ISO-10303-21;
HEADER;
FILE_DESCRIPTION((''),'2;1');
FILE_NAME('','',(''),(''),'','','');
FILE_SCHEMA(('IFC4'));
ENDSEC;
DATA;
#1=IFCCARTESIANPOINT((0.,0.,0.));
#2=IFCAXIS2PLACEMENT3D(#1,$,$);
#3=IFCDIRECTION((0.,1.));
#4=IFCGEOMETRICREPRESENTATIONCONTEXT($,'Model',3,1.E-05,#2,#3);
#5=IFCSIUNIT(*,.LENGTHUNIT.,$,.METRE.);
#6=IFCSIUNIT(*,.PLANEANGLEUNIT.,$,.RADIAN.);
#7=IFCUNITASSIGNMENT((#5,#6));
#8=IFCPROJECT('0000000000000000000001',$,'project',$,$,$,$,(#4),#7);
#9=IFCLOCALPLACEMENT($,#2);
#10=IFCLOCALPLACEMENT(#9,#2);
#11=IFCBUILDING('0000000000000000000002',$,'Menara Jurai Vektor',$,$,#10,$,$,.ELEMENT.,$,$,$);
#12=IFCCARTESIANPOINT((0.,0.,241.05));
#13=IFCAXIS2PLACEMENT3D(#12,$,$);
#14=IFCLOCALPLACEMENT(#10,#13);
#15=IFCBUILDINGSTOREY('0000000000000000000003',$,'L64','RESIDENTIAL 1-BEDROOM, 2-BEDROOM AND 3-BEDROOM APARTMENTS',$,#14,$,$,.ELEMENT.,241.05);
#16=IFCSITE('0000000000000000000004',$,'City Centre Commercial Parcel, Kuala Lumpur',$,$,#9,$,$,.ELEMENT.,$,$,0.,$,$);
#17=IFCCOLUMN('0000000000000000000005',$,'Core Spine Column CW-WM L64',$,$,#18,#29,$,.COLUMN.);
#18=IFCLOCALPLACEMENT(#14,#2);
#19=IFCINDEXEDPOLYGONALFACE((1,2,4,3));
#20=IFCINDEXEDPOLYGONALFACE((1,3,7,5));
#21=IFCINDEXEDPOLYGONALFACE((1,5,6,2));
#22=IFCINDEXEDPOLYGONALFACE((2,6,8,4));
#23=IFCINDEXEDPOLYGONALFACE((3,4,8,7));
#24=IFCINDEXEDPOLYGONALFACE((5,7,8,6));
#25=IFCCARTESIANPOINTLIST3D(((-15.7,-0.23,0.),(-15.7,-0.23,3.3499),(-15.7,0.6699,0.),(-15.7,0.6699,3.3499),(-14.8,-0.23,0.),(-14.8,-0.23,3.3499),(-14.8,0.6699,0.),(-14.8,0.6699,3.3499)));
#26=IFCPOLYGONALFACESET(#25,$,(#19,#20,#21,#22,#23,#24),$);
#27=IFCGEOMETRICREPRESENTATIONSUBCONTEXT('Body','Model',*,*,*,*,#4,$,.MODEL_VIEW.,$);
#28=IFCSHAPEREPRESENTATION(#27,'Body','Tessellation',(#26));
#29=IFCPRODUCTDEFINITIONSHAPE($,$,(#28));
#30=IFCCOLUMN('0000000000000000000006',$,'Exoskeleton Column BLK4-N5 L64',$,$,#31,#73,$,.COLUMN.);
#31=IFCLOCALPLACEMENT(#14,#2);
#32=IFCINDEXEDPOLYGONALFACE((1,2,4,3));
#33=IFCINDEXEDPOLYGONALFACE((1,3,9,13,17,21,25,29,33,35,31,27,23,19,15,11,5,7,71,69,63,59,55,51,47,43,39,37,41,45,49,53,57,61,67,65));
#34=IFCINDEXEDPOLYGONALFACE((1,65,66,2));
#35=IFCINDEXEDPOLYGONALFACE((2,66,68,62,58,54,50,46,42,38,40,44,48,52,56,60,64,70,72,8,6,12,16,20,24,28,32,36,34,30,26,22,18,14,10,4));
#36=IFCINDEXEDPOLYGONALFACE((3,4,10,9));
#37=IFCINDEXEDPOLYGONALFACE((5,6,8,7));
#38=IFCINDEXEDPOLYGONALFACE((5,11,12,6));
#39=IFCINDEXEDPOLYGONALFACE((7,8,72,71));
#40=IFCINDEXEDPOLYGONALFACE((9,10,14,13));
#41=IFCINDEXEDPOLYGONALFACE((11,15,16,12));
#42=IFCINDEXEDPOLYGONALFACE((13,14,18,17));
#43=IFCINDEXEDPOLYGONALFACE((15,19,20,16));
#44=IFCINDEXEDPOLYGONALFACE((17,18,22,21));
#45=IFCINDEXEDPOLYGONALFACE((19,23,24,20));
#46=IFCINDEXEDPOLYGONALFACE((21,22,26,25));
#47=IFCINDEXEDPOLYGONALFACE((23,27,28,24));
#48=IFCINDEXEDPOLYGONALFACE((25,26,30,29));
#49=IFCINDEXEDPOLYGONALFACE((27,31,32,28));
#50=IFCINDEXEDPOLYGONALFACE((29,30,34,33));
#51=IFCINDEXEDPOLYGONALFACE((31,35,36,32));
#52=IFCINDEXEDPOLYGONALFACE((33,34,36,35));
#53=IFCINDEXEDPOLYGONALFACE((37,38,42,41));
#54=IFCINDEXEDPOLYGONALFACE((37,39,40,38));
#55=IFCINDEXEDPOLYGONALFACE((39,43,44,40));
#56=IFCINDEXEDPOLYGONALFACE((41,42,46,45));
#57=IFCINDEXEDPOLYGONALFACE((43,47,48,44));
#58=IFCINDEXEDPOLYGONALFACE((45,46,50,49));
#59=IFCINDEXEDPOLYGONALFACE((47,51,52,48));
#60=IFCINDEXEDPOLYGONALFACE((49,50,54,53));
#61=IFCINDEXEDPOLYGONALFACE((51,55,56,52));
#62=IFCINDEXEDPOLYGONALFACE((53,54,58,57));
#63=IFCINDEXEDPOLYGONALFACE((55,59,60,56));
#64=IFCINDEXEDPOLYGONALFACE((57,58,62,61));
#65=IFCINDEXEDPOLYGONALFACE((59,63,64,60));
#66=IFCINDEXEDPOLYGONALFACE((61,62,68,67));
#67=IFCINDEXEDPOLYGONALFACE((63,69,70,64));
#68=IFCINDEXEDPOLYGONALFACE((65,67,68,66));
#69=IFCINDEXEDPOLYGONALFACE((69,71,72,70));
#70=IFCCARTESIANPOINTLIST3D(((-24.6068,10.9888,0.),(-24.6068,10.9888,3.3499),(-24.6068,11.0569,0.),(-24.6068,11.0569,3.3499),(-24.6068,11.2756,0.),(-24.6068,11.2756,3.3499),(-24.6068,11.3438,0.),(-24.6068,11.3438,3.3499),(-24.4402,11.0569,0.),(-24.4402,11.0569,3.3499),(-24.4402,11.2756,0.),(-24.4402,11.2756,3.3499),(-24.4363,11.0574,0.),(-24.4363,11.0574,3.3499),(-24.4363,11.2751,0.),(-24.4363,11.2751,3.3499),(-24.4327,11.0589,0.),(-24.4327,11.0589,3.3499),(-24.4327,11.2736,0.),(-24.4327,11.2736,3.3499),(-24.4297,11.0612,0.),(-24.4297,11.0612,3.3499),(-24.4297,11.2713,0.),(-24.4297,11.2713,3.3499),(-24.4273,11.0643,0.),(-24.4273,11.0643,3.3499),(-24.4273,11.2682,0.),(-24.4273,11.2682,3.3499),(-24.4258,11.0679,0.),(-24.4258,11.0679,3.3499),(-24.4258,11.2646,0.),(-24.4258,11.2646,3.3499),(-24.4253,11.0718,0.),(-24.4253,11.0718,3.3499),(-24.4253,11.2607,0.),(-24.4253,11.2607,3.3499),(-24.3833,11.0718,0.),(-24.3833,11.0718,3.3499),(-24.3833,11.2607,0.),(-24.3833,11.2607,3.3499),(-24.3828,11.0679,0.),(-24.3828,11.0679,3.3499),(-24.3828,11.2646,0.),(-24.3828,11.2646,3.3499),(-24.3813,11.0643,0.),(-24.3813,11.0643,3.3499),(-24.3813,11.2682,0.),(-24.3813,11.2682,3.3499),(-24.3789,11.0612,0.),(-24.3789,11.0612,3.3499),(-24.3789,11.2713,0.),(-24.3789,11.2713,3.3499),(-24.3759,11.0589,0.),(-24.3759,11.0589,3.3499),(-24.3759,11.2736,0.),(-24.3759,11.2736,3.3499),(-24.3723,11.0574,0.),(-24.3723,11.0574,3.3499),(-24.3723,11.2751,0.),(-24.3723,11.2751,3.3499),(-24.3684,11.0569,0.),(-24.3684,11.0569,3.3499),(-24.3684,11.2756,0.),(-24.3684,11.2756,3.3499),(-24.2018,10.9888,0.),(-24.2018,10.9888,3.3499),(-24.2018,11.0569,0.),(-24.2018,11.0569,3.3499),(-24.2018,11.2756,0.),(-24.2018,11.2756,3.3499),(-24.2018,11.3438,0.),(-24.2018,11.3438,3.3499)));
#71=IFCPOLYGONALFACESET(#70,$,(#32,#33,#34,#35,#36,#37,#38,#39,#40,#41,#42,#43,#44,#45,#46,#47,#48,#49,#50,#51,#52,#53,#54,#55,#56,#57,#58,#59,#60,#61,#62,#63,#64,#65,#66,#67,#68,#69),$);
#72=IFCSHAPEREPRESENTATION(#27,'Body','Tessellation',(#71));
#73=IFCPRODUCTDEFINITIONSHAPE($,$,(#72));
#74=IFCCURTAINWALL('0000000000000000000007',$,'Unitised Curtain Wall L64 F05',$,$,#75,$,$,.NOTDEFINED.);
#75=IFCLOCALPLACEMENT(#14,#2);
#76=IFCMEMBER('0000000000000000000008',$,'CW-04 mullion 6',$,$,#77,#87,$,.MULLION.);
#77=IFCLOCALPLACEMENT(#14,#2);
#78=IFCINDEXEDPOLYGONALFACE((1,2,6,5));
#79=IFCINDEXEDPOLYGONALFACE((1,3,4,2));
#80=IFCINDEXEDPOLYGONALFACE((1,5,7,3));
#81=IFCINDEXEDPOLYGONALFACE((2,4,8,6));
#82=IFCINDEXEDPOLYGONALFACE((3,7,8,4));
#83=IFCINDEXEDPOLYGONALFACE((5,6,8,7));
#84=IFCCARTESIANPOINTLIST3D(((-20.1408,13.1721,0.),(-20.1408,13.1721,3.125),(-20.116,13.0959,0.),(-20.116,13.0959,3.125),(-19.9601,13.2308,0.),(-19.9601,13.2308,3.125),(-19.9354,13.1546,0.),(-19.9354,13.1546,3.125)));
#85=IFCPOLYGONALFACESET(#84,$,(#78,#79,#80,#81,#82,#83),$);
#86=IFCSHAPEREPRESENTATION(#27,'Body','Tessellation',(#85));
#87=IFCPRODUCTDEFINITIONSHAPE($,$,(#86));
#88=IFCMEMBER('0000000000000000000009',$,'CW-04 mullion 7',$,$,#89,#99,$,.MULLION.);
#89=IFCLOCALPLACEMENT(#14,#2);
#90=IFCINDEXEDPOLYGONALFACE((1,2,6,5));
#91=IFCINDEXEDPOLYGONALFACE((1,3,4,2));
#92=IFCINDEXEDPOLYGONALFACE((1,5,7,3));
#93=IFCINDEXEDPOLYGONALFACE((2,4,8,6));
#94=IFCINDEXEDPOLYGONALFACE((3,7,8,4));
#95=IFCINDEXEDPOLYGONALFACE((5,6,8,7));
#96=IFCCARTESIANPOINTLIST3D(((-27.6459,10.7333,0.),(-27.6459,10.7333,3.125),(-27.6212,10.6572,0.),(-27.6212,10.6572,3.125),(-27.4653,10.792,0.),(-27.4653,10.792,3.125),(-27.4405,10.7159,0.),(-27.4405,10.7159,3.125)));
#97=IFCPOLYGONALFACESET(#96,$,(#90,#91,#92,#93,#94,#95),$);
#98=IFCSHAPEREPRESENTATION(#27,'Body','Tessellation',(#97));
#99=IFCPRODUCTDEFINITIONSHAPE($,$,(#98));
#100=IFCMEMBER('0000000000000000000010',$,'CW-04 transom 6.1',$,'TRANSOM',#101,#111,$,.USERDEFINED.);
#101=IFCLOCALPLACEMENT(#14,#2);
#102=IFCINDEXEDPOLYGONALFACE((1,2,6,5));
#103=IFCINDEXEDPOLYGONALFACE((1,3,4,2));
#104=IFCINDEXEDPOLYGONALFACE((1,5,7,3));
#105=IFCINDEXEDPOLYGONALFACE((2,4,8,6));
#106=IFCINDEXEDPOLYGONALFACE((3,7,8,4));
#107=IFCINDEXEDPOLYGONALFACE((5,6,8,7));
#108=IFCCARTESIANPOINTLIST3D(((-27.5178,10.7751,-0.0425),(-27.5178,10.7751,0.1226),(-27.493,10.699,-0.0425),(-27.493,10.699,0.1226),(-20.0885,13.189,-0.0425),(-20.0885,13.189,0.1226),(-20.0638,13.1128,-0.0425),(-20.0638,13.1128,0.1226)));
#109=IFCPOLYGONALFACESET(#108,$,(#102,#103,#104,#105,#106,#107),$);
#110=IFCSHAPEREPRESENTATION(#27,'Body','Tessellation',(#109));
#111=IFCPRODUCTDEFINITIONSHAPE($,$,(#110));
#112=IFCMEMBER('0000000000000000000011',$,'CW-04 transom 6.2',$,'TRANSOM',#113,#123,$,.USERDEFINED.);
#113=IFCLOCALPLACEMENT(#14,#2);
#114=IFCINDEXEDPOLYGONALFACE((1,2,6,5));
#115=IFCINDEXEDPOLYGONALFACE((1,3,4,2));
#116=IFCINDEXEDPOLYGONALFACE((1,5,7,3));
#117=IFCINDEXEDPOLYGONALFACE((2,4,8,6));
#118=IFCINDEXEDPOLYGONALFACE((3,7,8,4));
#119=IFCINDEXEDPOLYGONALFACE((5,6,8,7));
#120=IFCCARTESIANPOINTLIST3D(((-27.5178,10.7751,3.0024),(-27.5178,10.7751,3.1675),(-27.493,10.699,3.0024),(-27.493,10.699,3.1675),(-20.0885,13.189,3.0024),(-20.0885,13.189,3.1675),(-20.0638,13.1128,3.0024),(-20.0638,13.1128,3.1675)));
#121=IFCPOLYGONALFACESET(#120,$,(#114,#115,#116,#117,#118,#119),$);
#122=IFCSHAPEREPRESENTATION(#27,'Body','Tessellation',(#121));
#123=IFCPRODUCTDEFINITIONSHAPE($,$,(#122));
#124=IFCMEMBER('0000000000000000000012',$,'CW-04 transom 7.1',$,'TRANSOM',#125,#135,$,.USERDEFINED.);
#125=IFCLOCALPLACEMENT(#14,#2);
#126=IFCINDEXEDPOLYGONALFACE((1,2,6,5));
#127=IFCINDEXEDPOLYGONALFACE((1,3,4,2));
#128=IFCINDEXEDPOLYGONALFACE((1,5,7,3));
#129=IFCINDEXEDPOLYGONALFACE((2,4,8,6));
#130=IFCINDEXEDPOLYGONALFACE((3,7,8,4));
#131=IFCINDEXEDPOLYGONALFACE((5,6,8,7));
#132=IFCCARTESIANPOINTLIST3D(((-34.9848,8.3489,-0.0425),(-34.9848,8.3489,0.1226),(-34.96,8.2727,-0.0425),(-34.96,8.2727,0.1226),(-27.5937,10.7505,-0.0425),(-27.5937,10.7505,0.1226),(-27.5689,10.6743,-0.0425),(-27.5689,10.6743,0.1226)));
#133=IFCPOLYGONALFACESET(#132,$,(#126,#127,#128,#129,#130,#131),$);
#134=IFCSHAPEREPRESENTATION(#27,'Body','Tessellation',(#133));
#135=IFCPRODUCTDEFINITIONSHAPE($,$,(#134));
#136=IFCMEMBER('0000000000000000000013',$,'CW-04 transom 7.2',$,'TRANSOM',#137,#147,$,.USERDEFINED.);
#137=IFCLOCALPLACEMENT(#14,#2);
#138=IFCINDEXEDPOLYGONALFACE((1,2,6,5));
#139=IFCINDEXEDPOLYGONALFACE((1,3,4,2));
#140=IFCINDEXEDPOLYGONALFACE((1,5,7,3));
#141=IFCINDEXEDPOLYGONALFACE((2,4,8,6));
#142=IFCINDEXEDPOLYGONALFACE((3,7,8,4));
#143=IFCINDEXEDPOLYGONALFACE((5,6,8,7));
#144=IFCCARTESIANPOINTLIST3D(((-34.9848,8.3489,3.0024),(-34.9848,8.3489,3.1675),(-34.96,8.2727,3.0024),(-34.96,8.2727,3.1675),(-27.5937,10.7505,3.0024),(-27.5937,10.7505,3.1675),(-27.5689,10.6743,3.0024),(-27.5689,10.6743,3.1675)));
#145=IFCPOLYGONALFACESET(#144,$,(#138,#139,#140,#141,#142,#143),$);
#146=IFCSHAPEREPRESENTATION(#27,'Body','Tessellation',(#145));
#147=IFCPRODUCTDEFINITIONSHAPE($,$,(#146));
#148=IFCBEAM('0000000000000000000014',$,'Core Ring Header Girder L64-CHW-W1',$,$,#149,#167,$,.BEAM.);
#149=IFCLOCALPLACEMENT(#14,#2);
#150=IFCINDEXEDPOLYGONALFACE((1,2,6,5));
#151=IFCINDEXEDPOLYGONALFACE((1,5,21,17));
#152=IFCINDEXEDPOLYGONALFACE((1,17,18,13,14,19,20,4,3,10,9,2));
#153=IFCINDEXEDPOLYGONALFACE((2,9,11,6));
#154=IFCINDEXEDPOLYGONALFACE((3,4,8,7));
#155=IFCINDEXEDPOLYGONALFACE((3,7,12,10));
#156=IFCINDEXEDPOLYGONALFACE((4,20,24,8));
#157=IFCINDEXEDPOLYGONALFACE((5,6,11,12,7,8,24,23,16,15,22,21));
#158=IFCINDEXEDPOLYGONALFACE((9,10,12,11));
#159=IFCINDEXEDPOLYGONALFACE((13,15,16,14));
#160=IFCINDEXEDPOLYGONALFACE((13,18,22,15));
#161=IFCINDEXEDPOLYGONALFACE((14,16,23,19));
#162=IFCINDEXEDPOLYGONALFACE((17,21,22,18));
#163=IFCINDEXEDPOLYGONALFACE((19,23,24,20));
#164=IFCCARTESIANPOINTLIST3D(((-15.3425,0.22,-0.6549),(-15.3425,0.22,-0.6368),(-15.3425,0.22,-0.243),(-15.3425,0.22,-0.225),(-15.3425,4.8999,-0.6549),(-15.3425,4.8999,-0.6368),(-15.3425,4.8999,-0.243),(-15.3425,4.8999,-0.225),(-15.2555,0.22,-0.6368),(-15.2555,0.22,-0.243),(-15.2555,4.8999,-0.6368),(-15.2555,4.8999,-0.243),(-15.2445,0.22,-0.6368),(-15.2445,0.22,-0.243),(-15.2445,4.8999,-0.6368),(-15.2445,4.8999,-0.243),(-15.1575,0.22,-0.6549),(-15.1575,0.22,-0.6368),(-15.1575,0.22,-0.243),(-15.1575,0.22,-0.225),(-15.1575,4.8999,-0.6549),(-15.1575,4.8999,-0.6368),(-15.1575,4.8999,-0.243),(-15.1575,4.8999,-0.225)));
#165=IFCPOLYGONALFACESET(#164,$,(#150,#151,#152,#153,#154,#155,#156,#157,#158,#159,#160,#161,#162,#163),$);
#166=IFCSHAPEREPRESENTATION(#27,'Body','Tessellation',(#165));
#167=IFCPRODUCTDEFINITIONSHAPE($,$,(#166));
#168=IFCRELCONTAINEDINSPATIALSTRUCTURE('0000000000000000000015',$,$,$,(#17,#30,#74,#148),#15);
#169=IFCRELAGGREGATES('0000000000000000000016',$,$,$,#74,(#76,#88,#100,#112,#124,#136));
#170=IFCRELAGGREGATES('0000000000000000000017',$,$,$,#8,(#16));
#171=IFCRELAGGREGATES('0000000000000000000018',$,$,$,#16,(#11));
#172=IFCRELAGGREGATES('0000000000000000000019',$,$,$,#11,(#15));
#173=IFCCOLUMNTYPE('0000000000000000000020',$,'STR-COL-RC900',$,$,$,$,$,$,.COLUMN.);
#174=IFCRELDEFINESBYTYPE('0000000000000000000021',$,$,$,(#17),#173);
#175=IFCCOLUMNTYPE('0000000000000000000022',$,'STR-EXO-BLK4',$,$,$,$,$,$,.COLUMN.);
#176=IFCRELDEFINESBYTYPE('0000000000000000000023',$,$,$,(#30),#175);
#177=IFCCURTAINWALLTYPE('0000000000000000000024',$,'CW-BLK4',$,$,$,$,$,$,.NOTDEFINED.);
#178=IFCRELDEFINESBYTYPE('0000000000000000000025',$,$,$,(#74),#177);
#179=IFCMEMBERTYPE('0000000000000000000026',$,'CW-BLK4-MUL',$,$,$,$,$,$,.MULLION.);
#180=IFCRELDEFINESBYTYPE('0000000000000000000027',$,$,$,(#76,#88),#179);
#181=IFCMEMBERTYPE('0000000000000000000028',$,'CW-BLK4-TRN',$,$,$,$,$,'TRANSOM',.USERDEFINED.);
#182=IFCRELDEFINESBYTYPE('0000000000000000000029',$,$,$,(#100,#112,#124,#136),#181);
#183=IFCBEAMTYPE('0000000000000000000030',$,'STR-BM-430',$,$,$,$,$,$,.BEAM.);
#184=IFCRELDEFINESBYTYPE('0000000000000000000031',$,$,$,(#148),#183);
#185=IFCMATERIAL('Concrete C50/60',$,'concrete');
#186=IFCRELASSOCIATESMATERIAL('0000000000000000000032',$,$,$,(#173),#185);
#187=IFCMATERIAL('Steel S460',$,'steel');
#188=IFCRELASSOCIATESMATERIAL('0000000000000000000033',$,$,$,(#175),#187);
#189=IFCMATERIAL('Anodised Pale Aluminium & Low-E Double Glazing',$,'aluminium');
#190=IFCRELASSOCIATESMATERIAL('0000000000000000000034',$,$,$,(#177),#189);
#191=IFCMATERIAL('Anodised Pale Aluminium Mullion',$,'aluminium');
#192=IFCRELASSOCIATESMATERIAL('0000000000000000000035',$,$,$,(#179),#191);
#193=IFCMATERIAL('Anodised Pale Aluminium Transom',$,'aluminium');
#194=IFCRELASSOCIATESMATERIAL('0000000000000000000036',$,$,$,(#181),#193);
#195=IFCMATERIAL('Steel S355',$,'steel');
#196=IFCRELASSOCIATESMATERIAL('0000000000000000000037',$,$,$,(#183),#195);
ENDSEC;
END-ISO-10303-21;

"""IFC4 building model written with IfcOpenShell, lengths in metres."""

from ifc_helpers import new_model, si_unit, direction, frame, origin, origin_2d, place, context, subcontext, project, spatial, rectangle, i_section, extrude, material, material_profile, profile_set, type_object, element, aggregate, save


model = new_model("IFC4")

# Units and contexts
model_context = context("Model", 3, precision=1e-05, world=origin(), true_north=direction((0.0, 1.0)))
body_context = subcontext(model_context, "Body", "Model", "MODEL_VIEW")
ifc_project = project(units=[si_unit("LENGTHUNIT", "METRE"), si_unit("PLANEANGLEUNIT", "RADIAN")], contexts=[model_context])

# Site, building, storey
site_placement = place(None, origin())
site = spatial("IfcSite", under=ifc_project, at=site_placement, Name="City Centre Commercial Parcel, Kuala Lumpur", CompositionType="ELEMENT", RefElevation=0.0)
building_placement = place(site_placement, origin())
building = spatial("IfcBuilding", under=site, at=building_placement, Name="Menara Jurai Vektor", CompositionType="ELEMENT")
storey_placement = place(building_placement, frame((0.0, 0.0, 241.05)))
storey = spatial("IfcBuildingStorey", under=building, at=storey_placement, Name="L64", Description="RESIDENTIAL 1-BEDROOM, 2-BEDROOM AND 3-BEDROOM APARTMENTS", CompositionType="ELEMENT", Elevation=241.05)

# Columns
ifc_material_1 = material(Name="Concrete C50/60", Category="concrete")
ifc_material_profile_1 = material_profile(ifc_material_1, rectangle(XDim=0.8999, YDim=0.8999, at=origin_2d()), Name="RC 900x900")
ifc_profile_set_1 = profile_set([ifc_material_profile_1], Name="Concrete C50/60")
column_type_1 = type_object("IfcColumnType", Name="STR-COL-RC900", PredefinedType="COLUMN", material=ifc_profile_set_1)
column_1_placement = place(storey_placement, frame((-15.25, 0.22, 0.0), z_axis=(0.0, 0.0, 1.0), x_axis=(1.0, 0.0, 0.0)))
element("IfcColumn", 1, at=column_1_placement, inside=storey, type_object=column_type_1, Name="Core Spine Column CW-WM L64", PredefinedType="COLUMN", context=body_context, shape_type="SweptSolid", body=[
    extrude(rectangle(XDim=0.8999, YDim=0.8999, at=origin_2d()), origin(), (0.0, 0.0, 1.0), 3.3499),
])
ifc_material_2 = material(Name="Steel S460", Category="steel")
ifc_material_profile_2 = material_profile(ifc_material_2, i_section(OverallWidth=0.405, OverallDepth=0.355, WebThickness=0.042, FlangeThickness=0.0681, FilletRadius=0.0149, at=origin_2d()), Name="HD 400x551")
ifc_profile_set_2 = profile_set([ifc_material_profile_2], Name="Steel S460")
column_type_2 = type_object("IfcColumnType", Name="STR-EXO-BLK4", PredefinedType="COLUMN", material=ifc_profile_set_2)
column_2_placement = place(storey_placement, frame((-24.4043, 11.1663, 0.0), z_axis=(0.0, 0.0, 1.0), x_axis=(1.0, 0.0, 0.0)))
element("IfcColumn", 2, at=column_2_placement, inside=storey, type_object=column_type_2, Name="Exoskeleton Column BLK4-N5 L64", PredefinedType="COLUMN", context=body_context, shape_type="SweptSolid", body=[
    extrude(i_section(OverallWidth=0.405, OverallDepth=0.355, WebThickness=0.042, FlangeThickness=0.0681, FilletRadius=0.0149, at=origin_2d()), origin(), (0.0, 0.0, 1.0), 3.3499),
])

# Curtain wall, members
ifc_material_3 = material(Name="Anodised Pale Aluminium & Low-E Double Glazing", Category="aluminium")
curtain_wall_type = type_object("IfcCurtainWallType", Name="CW-BLK4", PredefinedType="NOTDEFINED", material=ifc_material_3)
curtain_wall_placement = place(storey_placement, origin())
curtain_wall = element("IfcCurtainWall", 3, at=curtain_wall_placement, inside=storey, type_object=curtain_wall_type, Name="Unitised Curtain Wall L64 F05", PredefinedType="NOTDEFINED")
ifc_material_4 = material(Name="Anodised Pale Aluminium Mullion", Category="aluminium")
ifc_material_profile_3 = material_profile(ifc_material_4, rectangle(XDim=0.0801, YDim=0.1899, at=origin_2d()), Name="ALU MUL 80x190")
ifc_profile_set_3 = profile_set([ifc_material_profile_3], Name="Anodised Pale Aluminium Mullion")
member_type_1 = type_object("IfcMemberType", Name="CW-BLK4-MUL", PredefinedType="MULLION", material=ifc_profile_set_3)
member_1_placement = place(storey_placement, frame((-20.0381, 13.1633, 0.0), z_axis=(0.0, 0.0, 1.0), x_axis=(0.309017, -0.951056, 0.0)))
member_1 = element("IfcMember", 4, at=member_1_placement, type_object=member_type_1, Name="CW-04 mullion 6", PredefinedType="MULLION", context=body_context, shape_type="SweptSolid", body=[
    extrude(rectangle(XDim=0.0801, YDim=0.1899, at=origin_2d()), origin(), (0.0, 0.0, 1.0), 3.125),
])
member_2_placement = place(storey_placement, frame((-27.5432, 10.7246, 0.0), z_axis=(0.0, 0.0, 1.0), x_axis=(0.309017, -0.951056, 0.0)))
member_2 = element("IfcMember", 5, at=member_2_placement, type_object=member_type_1, Name="CW-04 mullion 7", PredefinedType="MULLION", context=body_context, shape_type="SweptSolid", body=[
    extrude(rectangle(XDim=0.0801, YDim=0.1899, at=origin_2d()), origin(), (0.0, 0.0, 1.0), 3.125),
])
ifc_material_5 = material(Name="Anodised Pale Aluminium Transom", Category="aluminium")
ifc_material_profile_4 = material_profile(ifc_material_5, rectangle(XDim=0.0801, YDim=0.165, at=origin_2d()), Name="ALU TRN 80x165")
ifc_profile_set_4 = profile_set([ifc_material_profile_4], Name="Anodised Pale Aluminium Transom")
member_type_2 = type_object("IfcMemberType", Name="CW-BLK4-TRN", ElementType="TRANSOM", PredefinedType="USERDEFINED", material=ifc_profile_set_4)
member_3_placement = place(storey_placement, frame((-20.0762, 13.1509, 0.04), z_axis=(-0.951059, -0.309008, 0.0), x_axis=(0.309008, -0.951059, 0.0)))
member_3 = element("IfcMember", 6, at=member_3_placement, type_object=member_type_2, Name="CW-04 transom 6.1", ObjectType="TRANSOM", PredefinedType="USERDEFINED", context=body_context, shape_type="SweptSolid", body=[
    extrude(rectangle(XDim=0.0801, YDim=0.165, at=origin_2d()), origin(), (0.0, 0.0, 1.0), 7.8115),
])
member_4_placement = place(storey_placement, frame((-20.0762, 13.1509, 3.085), z_axis=(-0.951059, -0.309008, 0.0), x_axis=(0.309008, -0.951059, 0.0)))
member_4 = element("IfcMember", 7, at=member_4_placement, type_object=member_type_2, Name="CW-04 transom 6.2", ObjectType="TRANSOM", PredefinedType="USERDEFINED", context=body_context, shape_type="SweptSolid", body=[
    extrude(rectangle(XDim=0.0801, YDim=0.165, at=origin_2d()), origin(), (0.0, 0.0, 1.0), 7.8115),
])
member_5_placement = place(storey_placement, frame((-27.5813, 10.7124, 0.04), z_axis=(-0.951053, -0.309028, 0.0), x_axis=(0.309028, -0.951053, 0.0)))
member_5 = element("IfcMember", 8, at=member_5_placement, type_object=member_type_2, Name="CW-04 transom 7.1", ObjectType="TRANSOM", PredefinedType="USERDEFINED", context=body_context, shape_type="SweptSolid", body=[
    extrude(rectangle(XDim=0.0801, YDim=0.165, at=origin_2d()), origin(), (0.0, 0.0, 1.0), 7.7715),
])
member_6_placement = place(storey_placement, frame((-27.5813, 10.7124, 3.085), z_axis=(-0.951053, -0.309028, 0.0), x_axis=(0.309028, -0.951053, 0.0)))
member_6 = element("IfcMember", 9, at=member_6_placement, type_object=member_type_2, Name="CW-04 transom 7.2", ObjectType="TRANSOM", PredefinedType="USERDEFINED", context=body_context, shape_type="SweptSolid", body=[
    extrude(rectangle(XDim=0.0801, YDim=0.165, at=origin_2d()), origin(), (0.0, 0.0, 1.0), 7.7715),
])

# Beam
ifc_material_6 = material(Name="Steel S355", Category="steel")
ifc_material_profile_5 = material_profile(ifc_material_6, i_section(OverallWidth=0.1851, OverallDepth=0.4299, WebThickness=0.011, FlangeThickness=0.0181, at=origin_2d()), Name="PG 430x185x76")
ifc_profile_set_5 = profile_set([ifc_material_profile_5], Name="Steel S355")
beam_type_1 = type_object("IfcBeamType", Name="STR-BM-430", PredefinedType="BEAM", material=ifc_profile_set_5)
beam_1_placement = place(storey_placement, frame((-15.25, 0.22, -0.4399), z_axis=(0.0, 1.0, 0.0), x_axis=(-1.0, 0.0, 0.0)))
element("IfcBeam", 10, at=beam_1_placement, inside=storey, type_object=beam_type_1, Name="Core Ring Header Girder L64-CHW-W1", PredefinedType="BEAM", context=body_context, shape_type="SweptSolid", body=[
    extrude(i_section(OverallWidth=0.1851, OverallDepth=0.4299, WebThickness=0.011, FlangeThickness=0.0181, at=origin_2d()), origin(), (0.0, 0.0, 1.0), 4.6799),
])

aggregate(curtain_wall, [member_1, member_2, member_3, member_4, member_5, member_6])

save(model, "model.ifc")
